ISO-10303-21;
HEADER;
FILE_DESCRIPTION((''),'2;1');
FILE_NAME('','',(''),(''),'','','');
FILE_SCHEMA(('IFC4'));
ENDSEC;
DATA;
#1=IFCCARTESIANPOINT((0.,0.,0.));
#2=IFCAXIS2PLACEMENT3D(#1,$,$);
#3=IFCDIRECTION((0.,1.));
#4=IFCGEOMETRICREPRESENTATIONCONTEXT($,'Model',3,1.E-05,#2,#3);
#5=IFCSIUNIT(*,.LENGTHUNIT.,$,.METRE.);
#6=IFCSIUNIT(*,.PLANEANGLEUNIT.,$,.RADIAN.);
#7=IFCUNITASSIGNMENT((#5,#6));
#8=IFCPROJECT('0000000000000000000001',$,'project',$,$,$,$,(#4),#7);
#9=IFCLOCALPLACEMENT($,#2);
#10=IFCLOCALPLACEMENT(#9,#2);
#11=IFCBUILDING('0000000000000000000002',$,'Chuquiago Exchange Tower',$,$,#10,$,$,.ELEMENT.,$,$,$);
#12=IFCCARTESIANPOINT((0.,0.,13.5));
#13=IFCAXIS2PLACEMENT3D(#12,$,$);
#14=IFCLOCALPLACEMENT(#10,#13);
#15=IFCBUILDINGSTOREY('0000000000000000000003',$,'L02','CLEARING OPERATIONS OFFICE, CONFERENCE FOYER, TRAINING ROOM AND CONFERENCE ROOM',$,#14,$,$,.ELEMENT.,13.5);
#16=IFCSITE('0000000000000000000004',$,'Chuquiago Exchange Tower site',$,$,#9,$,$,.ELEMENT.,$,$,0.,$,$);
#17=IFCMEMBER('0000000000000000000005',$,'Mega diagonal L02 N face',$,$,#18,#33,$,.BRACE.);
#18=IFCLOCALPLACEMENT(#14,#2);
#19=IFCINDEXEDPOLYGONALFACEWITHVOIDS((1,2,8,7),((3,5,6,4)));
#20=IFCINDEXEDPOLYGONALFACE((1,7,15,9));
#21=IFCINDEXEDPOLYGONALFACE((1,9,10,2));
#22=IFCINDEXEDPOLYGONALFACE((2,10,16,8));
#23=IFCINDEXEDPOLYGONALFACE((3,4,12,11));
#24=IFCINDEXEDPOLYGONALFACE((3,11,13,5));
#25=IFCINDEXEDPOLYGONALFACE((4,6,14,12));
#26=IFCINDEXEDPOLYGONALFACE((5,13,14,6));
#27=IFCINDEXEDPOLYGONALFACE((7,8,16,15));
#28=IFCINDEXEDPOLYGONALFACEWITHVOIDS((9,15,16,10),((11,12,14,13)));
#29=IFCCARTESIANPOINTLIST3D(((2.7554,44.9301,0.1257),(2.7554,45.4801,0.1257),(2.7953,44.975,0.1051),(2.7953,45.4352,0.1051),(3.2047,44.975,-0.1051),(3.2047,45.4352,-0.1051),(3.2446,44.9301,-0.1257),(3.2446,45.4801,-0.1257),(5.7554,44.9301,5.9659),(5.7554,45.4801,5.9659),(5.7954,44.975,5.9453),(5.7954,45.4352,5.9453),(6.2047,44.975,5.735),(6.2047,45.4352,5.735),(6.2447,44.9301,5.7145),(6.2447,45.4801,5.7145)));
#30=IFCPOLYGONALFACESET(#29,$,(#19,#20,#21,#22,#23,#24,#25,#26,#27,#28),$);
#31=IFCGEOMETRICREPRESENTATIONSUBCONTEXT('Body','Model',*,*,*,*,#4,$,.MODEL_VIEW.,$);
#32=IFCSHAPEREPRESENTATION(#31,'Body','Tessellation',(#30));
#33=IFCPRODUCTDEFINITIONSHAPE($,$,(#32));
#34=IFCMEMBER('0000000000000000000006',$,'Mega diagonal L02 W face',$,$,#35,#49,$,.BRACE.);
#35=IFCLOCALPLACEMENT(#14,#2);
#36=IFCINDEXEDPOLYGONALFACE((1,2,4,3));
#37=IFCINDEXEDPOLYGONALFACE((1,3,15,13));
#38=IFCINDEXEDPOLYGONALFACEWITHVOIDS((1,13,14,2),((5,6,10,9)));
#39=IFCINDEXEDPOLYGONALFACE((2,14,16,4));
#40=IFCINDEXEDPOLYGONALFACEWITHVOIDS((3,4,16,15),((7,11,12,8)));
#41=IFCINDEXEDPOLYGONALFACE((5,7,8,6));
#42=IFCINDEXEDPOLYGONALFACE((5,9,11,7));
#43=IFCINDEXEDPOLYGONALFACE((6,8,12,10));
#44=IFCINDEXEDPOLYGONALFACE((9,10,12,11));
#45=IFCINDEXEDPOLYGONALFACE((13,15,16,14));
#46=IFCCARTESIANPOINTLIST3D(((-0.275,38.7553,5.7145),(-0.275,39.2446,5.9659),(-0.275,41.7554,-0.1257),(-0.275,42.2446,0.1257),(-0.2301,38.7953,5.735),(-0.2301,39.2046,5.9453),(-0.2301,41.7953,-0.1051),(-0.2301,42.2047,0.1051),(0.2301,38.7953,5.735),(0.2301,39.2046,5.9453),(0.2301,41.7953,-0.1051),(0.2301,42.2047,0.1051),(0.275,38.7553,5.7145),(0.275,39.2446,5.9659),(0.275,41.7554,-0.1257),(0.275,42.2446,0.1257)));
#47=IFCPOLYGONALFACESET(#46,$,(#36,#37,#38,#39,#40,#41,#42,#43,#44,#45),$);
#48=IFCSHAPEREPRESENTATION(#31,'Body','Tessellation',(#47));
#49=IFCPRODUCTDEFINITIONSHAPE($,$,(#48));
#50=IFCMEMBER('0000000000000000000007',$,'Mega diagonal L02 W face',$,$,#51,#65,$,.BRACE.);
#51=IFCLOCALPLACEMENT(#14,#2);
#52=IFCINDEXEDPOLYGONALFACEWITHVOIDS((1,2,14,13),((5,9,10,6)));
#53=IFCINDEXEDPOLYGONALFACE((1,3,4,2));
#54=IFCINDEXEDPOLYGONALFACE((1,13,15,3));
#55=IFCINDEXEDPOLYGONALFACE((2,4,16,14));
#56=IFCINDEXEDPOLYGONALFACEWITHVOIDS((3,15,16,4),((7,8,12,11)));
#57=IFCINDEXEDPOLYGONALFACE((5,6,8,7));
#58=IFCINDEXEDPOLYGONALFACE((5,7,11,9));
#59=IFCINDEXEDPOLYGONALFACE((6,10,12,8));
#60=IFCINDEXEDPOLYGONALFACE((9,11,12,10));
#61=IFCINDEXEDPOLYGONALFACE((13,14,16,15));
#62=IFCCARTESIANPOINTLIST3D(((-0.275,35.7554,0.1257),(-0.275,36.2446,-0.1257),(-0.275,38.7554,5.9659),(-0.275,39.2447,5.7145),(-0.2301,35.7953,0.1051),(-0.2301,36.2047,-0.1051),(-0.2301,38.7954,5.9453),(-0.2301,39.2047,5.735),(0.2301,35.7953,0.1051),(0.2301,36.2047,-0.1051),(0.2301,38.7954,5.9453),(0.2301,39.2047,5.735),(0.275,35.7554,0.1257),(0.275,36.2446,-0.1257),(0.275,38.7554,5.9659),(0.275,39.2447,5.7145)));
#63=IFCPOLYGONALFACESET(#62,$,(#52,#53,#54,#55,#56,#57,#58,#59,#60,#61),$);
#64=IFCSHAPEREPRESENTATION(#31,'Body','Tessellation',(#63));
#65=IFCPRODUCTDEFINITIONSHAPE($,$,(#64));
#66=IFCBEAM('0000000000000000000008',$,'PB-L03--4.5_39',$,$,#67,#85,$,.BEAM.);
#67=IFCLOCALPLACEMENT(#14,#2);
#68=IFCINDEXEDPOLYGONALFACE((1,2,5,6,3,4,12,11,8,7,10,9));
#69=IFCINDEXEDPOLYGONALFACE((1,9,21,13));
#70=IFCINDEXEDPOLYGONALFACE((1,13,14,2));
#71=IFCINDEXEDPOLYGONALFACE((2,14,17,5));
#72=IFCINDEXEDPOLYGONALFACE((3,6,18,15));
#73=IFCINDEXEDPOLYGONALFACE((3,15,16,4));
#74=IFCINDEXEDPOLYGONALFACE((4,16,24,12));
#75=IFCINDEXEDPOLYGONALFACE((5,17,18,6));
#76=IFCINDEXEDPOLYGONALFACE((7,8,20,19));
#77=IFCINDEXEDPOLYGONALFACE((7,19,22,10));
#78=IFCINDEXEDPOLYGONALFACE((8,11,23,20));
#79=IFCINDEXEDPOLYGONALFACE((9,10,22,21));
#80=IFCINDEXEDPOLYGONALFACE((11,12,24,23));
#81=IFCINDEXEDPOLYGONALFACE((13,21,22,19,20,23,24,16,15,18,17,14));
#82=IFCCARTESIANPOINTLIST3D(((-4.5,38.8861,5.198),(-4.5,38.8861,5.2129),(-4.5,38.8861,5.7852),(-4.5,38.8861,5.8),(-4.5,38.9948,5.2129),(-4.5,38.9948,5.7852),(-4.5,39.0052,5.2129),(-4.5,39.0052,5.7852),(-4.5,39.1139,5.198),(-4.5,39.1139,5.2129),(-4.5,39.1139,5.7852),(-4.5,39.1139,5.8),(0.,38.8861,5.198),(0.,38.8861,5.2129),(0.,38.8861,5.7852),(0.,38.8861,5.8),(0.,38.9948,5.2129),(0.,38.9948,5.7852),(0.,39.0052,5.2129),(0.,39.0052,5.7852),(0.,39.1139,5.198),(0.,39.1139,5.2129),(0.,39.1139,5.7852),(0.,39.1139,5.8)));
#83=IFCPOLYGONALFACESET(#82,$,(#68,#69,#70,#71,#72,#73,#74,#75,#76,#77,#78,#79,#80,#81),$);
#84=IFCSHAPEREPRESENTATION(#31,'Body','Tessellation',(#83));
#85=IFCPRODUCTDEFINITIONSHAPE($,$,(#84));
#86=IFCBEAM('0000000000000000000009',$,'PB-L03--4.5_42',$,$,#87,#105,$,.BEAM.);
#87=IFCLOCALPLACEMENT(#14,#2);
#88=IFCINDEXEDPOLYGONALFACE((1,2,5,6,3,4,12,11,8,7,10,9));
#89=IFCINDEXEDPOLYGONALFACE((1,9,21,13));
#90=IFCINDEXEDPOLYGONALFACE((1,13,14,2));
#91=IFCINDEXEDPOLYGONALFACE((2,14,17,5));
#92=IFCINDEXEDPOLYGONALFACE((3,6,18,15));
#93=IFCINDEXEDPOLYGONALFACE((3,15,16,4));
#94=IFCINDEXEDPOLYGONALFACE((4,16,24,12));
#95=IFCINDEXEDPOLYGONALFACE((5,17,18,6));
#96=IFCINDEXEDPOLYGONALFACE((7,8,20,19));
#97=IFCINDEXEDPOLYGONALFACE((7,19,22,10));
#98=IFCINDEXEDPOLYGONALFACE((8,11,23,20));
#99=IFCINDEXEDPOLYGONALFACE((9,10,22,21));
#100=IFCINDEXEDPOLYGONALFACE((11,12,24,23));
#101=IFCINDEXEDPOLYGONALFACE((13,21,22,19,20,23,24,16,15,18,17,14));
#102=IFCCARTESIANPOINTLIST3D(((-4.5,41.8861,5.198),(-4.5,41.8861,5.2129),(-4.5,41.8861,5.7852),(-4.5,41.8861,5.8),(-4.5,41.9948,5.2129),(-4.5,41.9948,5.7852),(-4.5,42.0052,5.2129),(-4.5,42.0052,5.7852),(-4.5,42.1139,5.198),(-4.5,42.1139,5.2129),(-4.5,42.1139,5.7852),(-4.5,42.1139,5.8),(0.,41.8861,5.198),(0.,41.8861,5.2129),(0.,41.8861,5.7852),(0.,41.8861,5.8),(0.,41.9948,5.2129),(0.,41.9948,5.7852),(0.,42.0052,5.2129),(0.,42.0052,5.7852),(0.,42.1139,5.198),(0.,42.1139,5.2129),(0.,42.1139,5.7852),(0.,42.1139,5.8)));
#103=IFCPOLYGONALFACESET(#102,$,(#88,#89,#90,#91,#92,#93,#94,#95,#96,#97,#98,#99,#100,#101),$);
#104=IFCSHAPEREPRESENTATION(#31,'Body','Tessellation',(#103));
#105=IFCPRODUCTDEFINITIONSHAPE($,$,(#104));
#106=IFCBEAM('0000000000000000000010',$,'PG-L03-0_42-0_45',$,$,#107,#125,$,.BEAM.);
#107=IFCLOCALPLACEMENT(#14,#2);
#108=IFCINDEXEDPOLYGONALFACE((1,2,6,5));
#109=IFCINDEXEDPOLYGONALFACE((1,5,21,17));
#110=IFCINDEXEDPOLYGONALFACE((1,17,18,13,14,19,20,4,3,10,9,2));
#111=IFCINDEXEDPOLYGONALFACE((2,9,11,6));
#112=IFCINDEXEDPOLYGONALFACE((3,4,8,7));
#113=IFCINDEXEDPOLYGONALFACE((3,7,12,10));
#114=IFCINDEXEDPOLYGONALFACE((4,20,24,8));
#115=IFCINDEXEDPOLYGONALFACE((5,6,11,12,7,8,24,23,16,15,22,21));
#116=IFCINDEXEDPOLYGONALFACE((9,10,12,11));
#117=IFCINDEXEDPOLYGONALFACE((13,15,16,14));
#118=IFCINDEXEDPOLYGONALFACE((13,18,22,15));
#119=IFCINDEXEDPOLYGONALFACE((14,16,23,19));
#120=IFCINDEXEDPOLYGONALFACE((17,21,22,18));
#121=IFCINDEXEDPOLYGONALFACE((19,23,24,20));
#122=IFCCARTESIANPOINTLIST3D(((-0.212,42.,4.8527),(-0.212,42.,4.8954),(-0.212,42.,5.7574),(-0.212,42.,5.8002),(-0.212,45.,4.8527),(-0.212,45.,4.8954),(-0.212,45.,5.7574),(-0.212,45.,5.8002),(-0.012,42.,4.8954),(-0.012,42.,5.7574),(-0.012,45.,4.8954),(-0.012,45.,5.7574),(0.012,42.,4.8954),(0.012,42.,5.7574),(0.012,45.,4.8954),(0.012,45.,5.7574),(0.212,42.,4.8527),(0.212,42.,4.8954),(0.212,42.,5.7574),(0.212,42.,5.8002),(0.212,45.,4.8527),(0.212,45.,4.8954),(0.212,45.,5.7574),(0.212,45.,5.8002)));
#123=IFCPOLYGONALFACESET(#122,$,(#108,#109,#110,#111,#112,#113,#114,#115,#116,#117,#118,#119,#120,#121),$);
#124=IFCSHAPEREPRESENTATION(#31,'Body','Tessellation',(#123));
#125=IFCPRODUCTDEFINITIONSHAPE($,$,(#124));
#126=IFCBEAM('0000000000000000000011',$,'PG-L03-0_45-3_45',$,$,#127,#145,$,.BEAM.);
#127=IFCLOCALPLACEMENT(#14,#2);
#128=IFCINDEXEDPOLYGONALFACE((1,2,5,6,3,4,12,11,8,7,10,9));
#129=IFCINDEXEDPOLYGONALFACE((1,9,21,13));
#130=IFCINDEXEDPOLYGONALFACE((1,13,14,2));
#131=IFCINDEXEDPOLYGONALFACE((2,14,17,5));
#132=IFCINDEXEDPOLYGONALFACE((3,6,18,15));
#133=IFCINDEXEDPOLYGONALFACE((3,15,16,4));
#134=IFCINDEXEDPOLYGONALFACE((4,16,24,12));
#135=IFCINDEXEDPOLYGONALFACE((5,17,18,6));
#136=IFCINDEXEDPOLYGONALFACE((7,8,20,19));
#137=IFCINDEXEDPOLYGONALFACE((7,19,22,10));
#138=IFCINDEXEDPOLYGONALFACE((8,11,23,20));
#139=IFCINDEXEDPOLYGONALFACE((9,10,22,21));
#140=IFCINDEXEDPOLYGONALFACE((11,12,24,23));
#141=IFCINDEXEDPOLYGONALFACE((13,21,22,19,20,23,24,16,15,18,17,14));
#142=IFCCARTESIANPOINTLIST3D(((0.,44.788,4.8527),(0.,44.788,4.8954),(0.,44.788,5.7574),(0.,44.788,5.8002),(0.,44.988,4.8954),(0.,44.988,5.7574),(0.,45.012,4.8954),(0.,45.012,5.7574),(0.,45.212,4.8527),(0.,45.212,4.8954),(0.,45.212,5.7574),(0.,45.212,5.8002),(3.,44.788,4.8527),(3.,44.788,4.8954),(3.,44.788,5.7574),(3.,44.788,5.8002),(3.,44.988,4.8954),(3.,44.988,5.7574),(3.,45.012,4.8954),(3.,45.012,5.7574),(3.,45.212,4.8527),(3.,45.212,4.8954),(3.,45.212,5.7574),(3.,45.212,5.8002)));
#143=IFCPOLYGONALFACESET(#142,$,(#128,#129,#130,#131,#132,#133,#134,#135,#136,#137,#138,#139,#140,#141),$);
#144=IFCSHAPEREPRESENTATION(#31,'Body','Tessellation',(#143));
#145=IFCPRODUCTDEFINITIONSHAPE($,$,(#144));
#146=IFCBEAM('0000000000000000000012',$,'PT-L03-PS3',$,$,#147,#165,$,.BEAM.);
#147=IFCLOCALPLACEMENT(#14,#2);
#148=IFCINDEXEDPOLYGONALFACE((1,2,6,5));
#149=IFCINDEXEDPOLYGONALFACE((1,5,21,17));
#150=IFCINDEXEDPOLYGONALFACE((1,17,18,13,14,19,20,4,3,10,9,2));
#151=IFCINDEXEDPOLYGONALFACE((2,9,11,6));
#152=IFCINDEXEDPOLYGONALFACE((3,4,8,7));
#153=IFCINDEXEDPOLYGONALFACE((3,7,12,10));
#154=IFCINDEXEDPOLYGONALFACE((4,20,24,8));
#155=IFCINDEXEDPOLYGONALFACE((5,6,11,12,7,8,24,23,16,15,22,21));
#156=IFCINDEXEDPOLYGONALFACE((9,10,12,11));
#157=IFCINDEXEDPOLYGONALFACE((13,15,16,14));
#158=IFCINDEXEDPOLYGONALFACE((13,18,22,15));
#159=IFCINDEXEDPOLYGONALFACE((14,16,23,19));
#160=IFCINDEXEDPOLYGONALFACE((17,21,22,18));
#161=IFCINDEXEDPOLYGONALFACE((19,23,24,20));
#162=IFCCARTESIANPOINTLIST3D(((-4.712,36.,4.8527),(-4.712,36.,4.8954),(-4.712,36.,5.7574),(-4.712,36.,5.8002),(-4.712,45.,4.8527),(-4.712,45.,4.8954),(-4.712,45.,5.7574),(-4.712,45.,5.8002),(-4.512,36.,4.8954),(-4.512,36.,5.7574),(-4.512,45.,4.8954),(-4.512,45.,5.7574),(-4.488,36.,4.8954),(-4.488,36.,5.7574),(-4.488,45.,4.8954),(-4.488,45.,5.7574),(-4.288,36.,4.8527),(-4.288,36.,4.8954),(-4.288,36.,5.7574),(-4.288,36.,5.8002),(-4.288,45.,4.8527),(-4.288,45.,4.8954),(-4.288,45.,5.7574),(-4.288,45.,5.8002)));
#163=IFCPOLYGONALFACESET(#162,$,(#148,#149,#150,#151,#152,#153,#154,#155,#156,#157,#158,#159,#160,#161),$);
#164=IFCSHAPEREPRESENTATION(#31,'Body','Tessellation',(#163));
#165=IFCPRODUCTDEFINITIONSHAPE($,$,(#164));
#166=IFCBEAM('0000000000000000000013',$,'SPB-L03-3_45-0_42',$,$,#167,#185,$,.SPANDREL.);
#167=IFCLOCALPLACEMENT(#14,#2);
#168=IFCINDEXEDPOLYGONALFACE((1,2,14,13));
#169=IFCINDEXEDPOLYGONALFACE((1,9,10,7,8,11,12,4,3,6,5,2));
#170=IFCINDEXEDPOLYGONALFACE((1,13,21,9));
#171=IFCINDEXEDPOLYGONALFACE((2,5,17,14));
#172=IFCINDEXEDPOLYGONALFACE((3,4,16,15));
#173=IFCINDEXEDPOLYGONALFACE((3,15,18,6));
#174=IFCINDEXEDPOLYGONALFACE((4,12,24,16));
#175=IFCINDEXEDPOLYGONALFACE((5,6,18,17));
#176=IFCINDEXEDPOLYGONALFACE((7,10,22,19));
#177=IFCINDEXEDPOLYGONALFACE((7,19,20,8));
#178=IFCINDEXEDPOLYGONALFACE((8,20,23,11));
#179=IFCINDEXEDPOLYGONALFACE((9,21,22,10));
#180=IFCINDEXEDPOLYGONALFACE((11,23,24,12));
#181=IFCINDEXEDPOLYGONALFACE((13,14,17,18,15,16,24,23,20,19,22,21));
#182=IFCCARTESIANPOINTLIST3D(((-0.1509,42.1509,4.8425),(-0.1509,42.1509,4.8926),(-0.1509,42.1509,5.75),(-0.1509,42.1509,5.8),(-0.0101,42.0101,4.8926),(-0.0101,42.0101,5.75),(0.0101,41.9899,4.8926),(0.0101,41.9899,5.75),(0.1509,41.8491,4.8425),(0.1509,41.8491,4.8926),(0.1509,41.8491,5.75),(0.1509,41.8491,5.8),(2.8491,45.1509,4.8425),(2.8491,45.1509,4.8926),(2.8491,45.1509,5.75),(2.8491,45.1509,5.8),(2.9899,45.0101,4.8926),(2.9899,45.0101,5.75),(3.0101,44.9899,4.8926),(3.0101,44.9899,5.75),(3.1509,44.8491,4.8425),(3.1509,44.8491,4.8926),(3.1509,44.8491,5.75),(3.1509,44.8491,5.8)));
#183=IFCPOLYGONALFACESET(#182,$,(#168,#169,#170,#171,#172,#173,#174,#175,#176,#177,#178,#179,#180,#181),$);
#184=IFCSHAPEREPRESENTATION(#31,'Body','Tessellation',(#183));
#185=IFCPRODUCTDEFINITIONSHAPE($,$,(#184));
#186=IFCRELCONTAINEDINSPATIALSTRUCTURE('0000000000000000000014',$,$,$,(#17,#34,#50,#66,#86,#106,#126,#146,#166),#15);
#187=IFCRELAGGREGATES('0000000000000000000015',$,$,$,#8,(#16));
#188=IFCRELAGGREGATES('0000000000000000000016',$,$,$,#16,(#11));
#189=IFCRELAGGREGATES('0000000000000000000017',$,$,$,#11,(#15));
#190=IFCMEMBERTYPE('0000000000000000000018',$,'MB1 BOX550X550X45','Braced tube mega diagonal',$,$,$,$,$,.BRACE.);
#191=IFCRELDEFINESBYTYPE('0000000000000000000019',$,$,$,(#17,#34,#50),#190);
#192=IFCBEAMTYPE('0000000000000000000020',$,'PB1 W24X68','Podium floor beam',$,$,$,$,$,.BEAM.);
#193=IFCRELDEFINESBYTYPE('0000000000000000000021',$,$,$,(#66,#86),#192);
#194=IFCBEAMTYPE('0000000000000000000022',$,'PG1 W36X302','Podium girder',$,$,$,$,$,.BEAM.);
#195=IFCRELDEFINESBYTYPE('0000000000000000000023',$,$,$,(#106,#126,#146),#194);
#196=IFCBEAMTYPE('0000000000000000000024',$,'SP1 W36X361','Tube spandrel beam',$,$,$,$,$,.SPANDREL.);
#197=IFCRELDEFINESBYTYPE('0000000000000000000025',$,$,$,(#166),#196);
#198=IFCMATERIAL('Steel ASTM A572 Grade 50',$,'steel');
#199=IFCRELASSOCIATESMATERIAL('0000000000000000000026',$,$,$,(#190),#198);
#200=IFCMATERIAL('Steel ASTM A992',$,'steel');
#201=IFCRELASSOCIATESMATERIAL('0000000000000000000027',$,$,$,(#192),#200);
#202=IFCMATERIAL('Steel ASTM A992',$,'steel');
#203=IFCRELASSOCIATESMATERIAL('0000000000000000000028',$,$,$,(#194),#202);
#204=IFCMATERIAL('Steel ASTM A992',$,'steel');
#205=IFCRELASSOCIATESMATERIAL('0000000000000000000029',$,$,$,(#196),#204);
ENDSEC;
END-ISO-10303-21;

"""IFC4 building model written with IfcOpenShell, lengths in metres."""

from ifc_helpers import new_model, si_unit, direction, frame, origin, origin_2d, place, context, subcontext, project, spatial, hollow_rectangle, i_section, extrude, material, material_profile, profile_set, type_object, element, save


model = new_model("IFC4")

# Units and contexts
model_context = context("Model", 3, precision=1e-05, world=origin(), true_north=direction((0.0, 1.0)))
body_context = subcontext(model_context, "Body", "Model", "MODEL_VIEW")
ifc_project = project(units=[si_unit("LENGTHUNIT", "METRE"), si_unit("PLANEANGLEUNIT", "RADIAN")], contexts=[model_context])

# Site, building, storey
site_placement = place(None, origin())
site = spatial("IfcSite", under=ifc_project, at=site_placement, Name="Chuquiago Exchange Tower site", CompositionType="ELEMENT", RefElevation=0.0)
building_placement = place(site_placement, origin())
building = spatial("IfcBuilding", under=site, at=building_placement, Name="Chuquiago Exchange Tower", CompositionType="ELEMENT")
storey_placement = place(building_placement, frame((0.0, 0.0, 13.5)))
storey = spatial("IfcBuildingStorey", under=building, at=storey_placement, Name="L02", Description="CLEARING OPERATIONS OFFICE, CONFERENCE FOYER, TRAINING ROOM AND CONFERENCE ROOM", CompositionType="ELEMENT", Elevation=13.5)

# Members
ifc_material_1 = material(Name="Steel ASTM A572 Grade 50", Category="steel")
ifc_material_profile_1 = material_profile(ifc_material_1, hollow_rectangle(XDim=0.55, YDim=0.55, WallThickness=0.0449, at=origin_2d()), Name="BOX550X550X45")
ifc_profile_set_1 = profile_set([ifc_material_profile_1], Name="Steel ASTM A572 Grade 50")
member_type_1 = type_object("IfcMemberType", Name="MB1 BOX550X550X45", Description="Braced tube mega diagonal", PredefinedType="BRACE", material=ifc_profile_set_1)
for number, where, z_axis, x_axis, name in (
    (1, (3.0, 45.2051, 0.0), (0.45693, 0.0, 0.889503), (0.0, 1.0, 0.0), "Mega diagonal L02 N face"),
    (2, (0.0, 42.0, 0.0), (0.0, -0.45693, 0.889503), (1.0, 0.0, 0.0), "Mega diagonal L02 W face"),
    (3, (0.0, 36.0, 0.0), (0.0, 0.45693, 0.889503), (-1.0, 0.0, 0.0), "Mega diagonal L02 W face"),
):
    element("IfcMember", number, at=place(storey_placement, frame(where, z_axis=z_axis, x_axis=x_axis)), inside=storey, type_object=member_type_1, Name=name, PredefinedType="BRACE", context=body_context, shape_type="SweptSolid", body=[
        extrude(hollow_rectangle(XDim=0.55, YDim=0.55, WallThickness=0.0449, at=origin_2d()), origin(), (0.0, 0.0, 1.0), 6.5657),
    ])

# Beams
ifc_material_2 = material(Name="Steel ASTM A992", Category="steel")
ifc_material_profile_2 = material_profile(ifc_material_2, i_section(OverallWidth=0.2278, OverallDepth=0.6021, WebThickness=0.0105, FlangeThickness=0.0149, at=origin_2d()), Name="W24X68")
ifc_profile_set_2 = profile_set([ifc_material_profile_2], Name="Steel ASTM A992")
beam_type_1 = type_object("IfcBeamType", Name="PB1 W24X68", Description="Podium floor beam", PredefinedType="BEAM", material=ifc_profile_set_2)
for number, where, z_axis, x_axis, name in (
    (4, (-4.5, 39.0, 5.499), (1.0, 0.0, 0.0), (0.0, 1.0, 0.0), "PB-L03--4.5_39"),
    (5, (-4.5, 42.0, 5.499), (1.0, 0.0, 0.0), (0.0, 1.0, 0.0), "PB-L03--4.5_42"),
):
    element("IfcBeam", number, at=place(storey_placement, frame(where, z_axis=z_axis, x_axis=x_axis)), inside=storey, type_object=beam_type_1, Name=name, PredefinedType="BEAM", context=body_context, shape_type="SweptSolid", body=[
        extrude(i_section(OverallWidth=0.2278, OverallDepth=0.6021, WebThickness=0.0105, FlangeThickness=0.0149, at=origin_2d()), origin(), (0.0, 0.0, 1.0), 4.5),
    ])
ifc_material_3 = material(Name="Steel ASTM A992", Category="steel")
ifc_material_profile_3 = material_profile(ifc_material_3, i_section(OverallWidth=0.4241, OverallDepth=0.9475, WebThickness=0.0239, FlangeThickness=0.0427, at=origin_2d()), Name="W36X302")
ifc_profile_set_3 = profile_set([ifc_material_profile_3], Name="Steel ASTM A992")
beam_type_2 = type_object("IfcBeamType", Name="PG1 W36X302", Description="Podium girder", PredefinedType="BEAM", material=ifc_profile_set_3)
for number, where, z_axis, x_axis, name in (
    (6, (0.0, 42.0, 5.3264), (0.0, 1.0, 0.0), (-1.0, 0.0, 0.0), "PG-L03-0_42-0_45"),
    (7, (0.0, 45.0, 5.3264), (1.0, 0.0, 0.0), (0.0, 1.0, 0.0), "PG-L03-0_45-3_45"),
):
    element("IfcBeam", number, at=place(storey_placement, frame(where, z_axis=z_axis, x_axis=x_axis)), inside=storey, type_object=beam_type_2, Name=name, PredefinedType="BEAM", context=body_context, shape_type="SweptSolid", body=[
        extrude(i_section(OverallWidth=0.4241, OverallDepth=0.9475, WebThickness=0.0239, FlangeThickness=0.0427, at=origin_2d()), origin(), (0.0, 0.0, 1.0), 3.0),
    ])
beam_1_placement = place(storey_placement, frame((-4.5, 36.0, 5.3264), z_axis=(0.0, 1.0, 0.0), x_axis=(-1.0, 0.0, 0.0)))
element("IfcBeam", 8, at=beam_1_placement, inside=storey, type_object=beam_type_2, Name="PT-L03-PS3", PredefinedType="BEAM", context=body_context, shape_type="SweptSolid", body=[
    extrude(i_section(OverallWidth=0.4241, OverallDepth=0.9475, WebThickness=0.0239, FlangeThickness=0.0427, at=origin_2d()), origin(), (0.0, 0.0, 1.0), 9.0),
])
ifc_material_4 = material(Name="Steel ASTM A992", Category="steel")
ifc_material_profile_4 = material_profile(ifc_material_4, i_section(OverallWidth=0.4268, OverallDepth=0.9575, WebThickness=0.0286, FlangeThickness=0.05, at=origin_2d()), Name="W36X361")
ifc_profile_set_4 = profile_set([ifc_material_profile_4], Name="Steel ASTM A992")
beam_type_3 = type_object("IfcBeamType", Name="SP1 W36X361", Description="Tube spandrel beam", PredefinedType="SPANDREL", material=ifc_profile_set_4)
beam_2_placement = place(storey_placement, frame((3.0, 45.0, 5.3213), z_axis=(-0.707107, -0.707107, 0.0), x_axis=(0.707107, -0.707107, 0.0)))
element("IfcBeam", 9, at=beam_2_placement, inside=storey, type_object=beam_type_3, Name="SPB-L03-3_45-0_42", PredefinedType="SPANDREL", context=body_context, shape_type="SweptSolid", body=[
    extrude(i_section(OverallWidth=0.4268, OverallDepth=0.9575, WebThickness=0.0286, FlangeThickness=0.05, at=origin_2d()), origin(), (0.0, 0.0, 1.0), 4.2427),
])

save(model, "model.ifc")
